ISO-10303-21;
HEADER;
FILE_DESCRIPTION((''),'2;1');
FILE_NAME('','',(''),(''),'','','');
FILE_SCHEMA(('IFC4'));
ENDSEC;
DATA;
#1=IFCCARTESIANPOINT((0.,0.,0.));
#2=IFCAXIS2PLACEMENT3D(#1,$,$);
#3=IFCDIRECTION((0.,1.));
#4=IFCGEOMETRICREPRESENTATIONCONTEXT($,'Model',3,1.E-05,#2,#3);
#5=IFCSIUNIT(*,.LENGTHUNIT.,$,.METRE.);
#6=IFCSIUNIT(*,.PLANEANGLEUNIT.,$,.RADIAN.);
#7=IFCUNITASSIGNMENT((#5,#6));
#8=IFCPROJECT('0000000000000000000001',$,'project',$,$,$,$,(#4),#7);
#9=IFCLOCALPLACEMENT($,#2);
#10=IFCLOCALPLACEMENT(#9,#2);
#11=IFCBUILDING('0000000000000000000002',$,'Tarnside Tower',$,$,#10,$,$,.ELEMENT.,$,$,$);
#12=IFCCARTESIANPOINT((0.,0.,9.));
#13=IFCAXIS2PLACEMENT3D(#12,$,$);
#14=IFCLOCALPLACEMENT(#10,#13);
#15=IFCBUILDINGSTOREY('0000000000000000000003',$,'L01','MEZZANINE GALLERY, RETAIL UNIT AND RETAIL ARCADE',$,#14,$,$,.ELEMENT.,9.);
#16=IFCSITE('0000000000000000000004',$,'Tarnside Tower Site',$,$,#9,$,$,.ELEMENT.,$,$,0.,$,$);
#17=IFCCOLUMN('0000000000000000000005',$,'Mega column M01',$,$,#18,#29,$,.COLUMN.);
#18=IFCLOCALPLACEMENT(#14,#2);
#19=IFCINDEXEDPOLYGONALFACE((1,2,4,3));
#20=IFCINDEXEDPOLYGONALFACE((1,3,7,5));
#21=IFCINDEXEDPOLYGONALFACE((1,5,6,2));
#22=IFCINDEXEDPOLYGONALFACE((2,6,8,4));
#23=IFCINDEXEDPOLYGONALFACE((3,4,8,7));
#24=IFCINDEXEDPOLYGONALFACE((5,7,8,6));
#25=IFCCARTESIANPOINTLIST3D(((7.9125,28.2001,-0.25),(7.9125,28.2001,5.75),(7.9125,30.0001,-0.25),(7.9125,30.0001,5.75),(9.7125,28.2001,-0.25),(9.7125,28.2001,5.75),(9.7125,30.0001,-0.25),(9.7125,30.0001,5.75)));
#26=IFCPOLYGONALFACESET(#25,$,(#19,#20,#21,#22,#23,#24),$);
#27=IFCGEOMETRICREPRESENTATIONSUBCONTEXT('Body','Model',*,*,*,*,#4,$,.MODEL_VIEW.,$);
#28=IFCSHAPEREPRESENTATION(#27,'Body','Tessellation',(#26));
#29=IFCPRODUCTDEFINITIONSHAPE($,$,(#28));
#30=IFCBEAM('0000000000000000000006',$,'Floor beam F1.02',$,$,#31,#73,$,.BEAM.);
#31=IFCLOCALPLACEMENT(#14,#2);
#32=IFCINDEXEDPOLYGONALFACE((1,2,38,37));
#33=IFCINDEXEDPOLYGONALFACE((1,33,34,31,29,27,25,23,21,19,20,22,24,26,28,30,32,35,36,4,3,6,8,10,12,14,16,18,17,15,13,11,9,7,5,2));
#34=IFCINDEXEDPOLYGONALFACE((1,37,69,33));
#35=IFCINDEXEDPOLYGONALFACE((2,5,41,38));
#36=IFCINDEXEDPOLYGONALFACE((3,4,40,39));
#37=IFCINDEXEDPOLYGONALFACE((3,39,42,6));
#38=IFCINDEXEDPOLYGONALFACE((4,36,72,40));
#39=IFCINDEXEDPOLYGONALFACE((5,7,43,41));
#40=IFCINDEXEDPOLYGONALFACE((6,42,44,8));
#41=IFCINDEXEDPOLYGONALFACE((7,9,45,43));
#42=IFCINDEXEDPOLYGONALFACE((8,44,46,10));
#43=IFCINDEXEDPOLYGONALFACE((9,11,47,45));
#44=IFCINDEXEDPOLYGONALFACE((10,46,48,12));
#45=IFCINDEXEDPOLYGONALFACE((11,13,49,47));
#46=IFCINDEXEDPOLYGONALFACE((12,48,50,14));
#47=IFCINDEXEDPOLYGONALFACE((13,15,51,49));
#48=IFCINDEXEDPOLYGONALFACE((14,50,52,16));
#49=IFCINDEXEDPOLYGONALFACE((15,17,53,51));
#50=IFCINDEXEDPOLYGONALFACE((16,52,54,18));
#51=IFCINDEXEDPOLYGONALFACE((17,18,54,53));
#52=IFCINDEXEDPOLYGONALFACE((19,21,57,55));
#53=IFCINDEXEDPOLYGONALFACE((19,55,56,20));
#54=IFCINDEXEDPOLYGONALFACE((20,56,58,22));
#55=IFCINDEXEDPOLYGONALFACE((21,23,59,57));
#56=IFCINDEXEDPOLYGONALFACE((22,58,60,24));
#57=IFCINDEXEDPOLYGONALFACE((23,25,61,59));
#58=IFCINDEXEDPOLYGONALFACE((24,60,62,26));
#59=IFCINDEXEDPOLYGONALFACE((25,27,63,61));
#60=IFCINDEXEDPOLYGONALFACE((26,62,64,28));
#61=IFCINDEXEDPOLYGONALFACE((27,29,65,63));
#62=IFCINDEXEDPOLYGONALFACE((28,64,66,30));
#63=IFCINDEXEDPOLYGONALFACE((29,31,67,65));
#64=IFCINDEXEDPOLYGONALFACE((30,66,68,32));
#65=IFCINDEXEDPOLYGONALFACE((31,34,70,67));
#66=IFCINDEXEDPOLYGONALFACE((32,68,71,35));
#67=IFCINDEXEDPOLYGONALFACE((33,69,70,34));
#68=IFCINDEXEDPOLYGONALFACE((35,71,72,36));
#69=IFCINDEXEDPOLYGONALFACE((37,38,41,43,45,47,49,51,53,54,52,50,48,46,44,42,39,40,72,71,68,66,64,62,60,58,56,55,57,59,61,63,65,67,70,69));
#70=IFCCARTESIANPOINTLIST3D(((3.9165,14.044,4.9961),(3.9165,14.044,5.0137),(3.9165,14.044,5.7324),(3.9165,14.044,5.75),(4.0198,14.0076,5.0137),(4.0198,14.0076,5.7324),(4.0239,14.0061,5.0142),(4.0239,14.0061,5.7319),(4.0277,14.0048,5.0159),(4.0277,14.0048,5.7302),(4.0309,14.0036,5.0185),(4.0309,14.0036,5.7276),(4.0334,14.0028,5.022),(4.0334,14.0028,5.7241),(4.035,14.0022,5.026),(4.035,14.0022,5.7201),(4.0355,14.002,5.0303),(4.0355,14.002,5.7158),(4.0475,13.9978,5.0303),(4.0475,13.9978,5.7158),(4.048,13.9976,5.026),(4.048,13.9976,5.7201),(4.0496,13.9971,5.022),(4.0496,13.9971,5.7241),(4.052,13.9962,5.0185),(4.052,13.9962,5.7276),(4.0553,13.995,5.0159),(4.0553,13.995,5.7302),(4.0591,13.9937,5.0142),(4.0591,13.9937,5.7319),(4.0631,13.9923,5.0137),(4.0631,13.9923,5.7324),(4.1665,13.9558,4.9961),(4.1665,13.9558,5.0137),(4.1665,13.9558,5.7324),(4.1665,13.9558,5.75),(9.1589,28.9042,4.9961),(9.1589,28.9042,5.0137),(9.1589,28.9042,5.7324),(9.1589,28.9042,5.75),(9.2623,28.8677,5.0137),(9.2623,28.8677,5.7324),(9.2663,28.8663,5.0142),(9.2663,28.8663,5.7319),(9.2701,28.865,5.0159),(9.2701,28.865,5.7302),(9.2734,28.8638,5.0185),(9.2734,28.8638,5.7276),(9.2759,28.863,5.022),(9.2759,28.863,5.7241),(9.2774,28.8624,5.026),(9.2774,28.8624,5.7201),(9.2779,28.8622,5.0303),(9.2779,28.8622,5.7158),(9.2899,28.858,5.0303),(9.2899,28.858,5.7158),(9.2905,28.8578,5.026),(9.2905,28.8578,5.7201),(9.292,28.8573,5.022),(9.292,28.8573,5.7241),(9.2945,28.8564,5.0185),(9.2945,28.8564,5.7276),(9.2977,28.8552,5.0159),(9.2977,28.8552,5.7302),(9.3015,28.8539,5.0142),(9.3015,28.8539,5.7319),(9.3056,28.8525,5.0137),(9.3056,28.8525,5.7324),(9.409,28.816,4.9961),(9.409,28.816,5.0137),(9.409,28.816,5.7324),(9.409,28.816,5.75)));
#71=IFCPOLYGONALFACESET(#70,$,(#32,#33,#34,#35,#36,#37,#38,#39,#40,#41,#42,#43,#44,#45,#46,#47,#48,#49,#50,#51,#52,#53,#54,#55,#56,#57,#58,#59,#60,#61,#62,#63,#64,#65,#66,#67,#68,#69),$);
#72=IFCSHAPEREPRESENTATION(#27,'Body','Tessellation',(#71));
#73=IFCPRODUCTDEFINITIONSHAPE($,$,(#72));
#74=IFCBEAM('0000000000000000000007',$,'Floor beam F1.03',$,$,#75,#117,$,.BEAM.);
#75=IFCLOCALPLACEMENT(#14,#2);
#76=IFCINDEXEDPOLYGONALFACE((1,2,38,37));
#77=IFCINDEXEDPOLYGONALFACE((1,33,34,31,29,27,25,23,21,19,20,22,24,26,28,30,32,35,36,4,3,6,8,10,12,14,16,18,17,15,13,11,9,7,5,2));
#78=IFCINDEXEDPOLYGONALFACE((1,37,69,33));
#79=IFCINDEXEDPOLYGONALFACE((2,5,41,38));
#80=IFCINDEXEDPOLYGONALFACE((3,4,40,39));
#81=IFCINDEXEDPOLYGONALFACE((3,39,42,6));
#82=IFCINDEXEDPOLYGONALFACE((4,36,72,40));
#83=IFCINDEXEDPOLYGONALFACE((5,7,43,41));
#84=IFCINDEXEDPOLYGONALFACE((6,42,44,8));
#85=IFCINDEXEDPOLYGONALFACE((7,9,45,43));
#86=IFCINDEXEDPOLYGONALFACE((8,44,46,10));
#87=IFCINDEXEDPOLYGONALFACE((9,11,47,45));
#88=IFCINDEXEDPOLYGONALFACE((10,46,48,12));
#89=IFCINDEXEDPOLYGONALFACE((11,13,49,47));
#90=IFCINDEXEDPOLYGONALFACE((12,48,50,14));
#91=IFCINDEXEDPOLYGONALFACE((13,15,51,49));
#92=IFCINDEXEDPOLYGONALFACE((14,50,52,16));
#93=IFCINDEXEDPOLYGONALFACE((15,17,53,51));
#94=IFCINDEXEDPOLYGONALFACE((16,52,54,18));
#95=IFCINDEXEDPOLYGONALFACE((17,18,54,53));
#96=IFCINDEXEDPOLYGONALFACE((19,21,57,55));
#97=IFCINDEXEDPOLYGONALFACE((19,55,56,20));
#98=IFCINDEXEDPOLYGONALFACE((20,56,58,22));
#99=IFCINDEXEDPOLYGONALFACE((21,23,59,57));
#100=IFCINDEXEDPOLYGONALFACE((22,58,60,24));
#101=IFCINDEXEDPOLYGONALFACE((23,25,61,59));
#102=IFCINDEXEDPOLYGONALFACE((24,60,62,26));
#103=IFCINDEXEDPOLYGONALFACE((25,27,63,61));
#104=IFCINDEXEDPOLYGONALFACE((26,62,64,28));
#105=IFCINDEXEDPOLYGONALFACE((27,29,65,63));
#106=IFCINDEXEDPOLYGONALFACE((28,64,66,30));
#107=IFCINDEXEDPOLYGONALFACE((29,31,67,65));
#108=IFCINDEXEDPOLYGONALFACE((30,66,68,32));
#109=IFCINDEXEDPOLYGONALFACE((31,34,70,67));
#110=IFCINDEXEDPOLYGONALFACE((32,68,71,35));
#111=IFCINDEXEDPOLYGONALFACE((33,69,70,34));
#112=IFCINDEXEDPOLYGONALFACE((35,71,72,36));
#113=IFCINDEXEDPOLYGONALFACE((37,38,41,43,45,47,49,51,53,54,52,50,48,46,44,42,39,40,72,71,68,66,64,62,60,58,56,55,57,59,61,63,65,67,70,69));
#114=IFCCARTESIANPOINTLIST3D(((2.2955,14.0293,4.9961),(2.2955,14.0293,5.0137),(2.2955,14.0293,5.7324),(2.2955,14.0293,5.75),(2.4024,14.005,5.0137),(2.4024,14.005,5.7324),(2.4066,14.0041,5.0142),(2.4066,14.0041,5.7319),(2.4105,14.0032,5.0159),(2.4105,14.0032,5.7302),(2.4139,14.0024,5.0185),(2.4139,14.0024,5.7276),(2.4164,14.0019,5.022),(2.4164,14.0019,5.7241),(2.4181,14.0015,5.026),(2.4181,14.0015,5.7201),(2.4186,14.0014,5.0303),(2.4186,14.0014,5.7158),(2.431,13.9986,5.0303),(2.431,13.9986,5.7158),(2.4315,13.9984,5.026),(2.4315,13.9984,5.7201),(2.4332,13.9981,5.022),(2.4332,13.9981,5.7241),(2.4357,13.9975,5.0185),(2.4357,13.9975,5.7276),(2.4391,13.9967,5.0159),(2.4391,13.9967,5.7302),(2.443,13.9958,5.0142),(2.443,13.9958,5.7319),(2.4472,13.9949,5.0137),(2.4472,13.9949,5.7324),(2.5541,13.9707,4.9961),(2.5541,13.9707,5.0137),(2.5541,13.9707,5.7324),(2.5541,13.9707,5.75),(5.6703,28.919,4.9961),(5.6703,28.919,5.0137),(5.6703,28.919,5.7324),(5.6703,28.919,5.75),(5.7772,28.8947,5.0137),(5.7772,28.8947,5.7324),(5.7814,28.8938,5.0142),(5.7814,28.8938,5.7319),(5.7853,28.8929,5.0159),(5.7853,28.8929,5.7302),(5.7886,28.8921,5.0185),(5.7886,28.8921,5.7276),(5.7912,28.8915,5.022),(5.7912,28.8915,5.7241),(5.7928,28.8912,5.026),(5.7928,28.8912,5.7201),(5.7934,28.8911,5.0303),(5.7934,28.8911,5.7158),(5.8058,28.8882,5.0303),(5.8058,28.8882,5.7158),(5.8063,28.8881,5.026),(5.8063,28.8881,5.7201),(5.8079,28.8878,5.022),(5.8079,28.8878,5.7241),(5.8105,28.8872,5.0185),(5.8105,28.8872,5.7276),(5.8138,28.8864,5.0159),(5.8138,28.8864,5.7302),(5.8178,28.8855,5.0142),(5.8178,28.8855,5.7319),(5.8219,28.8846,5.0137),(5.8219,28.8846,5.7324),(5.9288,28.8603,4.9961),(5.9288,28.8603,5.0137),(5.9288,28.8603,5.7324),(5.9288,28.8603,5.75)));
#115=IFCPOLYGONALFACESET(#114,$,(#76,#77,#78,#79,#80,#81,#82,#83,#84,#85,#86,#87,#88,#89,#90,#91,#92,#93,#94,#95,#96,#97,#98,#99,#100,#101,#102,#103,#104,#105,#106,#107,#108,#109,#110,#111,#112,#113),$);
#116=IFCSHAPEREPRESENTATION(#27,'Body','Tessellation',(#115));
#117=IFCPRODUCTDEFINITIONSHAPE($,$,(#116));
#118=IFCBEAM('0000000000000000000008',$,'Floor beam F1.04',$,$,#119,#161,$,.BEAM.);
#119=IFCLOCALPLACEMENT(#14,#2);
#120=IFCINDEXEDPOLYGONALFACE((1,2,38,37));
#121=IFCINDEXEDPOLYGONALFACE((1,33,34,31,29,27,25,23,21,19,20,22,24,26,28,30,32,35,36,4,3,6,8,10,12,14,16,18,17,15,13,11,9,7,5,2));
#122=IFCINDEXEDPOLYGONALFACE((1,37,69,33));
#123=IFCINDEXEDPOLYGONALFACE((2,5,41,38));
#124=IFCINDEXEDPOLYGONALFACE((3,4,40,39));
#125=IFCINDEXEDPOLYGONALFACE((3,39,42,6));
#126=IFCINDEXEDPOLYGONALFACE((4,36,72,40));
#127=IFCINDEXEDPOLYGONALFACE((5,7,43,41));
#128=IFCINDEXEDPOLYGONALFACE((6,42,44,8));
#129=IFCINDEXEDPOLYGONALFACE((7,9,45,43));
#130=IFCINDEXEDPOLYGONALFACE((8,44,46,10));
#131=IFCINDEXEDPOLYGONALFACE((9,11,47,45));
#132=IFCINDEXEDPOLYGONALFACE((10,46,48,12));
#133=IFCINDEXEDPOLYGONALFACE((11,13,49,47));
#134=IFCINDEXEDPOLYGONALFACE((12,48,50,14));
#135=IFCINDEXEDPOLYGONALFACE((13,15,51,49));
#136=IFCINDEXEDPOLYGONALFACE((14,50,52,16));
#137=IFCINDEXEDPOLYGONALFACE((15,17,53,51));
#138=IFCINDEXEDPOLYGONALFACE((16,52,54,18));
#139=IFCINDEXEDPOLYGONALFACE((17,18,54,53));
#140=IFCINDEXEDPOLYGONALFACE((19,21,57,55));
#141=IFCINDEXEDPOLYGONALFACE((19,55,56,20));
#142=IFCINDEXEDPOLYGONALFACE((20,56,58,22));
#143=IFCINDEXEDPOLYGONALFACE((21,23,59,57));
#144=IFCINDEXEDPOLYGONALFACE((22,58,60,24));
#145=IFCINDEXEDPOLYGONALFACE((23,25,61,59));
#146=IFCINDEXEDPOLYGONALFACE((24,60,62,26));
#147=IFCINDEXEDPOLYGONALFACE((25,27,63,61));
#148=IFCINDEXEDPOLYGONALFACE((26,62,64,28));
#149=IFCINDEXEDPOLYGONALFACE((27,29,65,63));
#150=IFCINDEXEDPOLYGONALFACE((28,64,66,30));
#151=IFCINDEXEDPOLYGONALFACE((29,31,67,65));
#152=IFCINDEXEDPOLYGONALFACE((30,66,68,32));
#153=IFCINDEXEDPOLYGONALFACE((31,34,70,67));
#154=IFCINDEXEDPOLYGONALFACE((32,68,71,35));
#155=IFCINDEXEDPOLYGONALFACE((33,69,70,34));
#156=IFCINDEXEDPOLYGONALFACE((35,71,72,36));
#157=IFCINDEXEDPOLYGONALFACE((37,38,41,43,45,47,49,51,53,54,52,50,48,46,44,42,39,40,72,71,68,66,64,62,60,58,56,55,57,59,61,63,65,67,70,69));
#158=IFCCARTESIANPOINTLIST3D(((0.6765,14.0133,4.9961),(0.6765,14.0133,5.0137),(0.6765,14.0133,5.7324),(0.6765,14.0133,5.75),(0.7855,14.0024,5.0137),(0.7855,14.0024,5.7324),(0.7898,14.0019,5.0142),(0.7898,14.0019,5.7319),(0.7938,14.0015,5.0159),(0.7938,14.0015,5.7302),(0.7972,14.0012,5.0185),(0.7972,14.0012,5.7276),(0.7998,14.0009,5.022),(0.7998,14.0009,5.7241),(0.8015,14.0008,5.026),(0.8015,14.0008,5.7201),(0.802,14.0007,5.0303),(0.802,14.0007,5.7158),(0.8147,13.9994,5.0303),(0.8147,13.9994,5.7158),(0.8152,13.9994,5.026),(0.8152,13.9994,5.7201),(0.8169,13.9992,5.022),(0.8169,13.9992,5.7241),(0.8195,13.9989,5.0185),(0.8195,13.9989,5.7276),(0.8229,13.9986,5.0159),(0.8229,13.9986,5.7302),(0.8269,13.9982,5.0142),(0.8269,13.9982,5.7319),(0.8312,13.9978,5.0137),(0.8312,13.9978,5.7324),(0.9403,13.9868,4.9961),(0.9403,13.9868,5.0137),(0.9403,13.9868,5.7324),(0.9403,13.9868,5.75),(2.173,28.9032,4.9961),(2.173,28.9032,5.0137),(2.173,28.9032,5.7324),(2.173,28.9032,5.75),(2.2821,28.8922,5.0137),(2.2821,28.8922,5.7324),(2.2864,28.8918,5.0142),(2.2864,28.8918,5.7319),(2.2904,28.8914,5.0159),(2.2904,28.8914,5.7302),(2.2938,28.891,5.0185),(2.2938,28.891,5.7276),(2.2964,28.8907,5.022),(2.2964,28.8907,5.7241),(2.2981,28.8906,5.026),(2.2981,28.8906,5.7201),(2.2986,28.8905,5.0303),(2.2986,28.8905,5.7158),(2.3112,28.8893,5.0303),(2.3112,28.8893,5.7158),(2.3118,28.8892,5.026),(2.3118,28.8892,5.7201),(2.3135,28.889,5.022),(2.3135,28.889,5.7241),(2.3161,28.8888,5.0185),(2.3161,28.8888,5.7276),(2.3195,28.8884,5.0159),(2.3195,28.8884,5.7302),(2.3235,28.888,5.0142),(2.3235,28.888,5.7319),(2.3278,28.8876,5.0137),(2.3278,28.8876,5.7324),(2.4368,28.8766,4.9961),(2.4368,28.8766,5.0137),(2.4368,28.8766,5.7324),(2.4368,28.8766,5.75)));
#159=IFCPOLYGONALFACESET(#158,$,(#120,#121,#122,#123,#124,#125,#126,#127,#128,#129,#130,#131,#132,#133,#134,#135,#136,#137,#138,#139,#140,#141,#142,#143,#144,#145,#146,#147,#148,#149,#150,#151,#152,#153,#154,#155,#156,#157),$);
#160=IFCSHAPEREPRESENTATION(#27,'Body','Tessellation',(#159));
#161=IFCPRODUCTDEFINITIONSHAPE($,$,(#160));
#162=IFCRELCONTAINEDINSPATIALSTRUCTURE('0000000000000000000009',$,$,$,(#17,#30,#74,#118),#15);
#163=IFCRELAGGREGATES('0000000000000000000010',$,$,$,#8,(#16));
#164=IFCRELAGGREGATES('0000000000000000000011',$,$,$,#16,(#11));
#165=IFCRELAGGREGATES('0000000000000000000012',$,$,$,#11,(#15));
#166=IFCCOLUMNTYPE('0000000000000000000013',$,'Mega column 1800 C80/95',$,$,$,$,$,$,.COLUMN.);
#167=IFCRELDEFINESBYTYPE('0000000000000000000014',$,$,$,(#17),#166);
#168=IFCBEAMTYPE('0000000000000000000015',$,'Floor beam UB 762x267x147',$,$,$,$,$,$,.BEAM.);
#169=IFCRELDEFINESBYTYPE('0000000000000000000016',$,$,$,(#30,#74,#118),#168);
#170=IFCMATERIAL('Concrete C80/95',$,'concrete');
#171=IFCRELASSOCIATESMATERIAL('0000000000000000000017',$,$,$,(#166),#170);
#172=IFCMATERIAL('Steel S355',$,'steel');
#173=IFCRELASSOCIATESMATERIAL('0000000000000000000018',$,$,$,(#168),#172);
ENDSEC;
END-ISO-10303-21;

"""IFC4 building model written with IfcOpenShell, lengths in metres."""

from ifc_helpers import new_model, si_unit, direction, frame, origin, origin_2d, place, context, subcontext, project, spatial, rectangle, i_section, extrude, material, material_profile, profile_set, type_object, element, save


model = new_model("IFC4")

# Units and contexts
model_context = context("Model", 3, precision=1e-05, world=origin(), true_north=direction((0.0, 1.0)))
body_context = subcontext(model_context, "Body", "Model", "MODEL_VIEW")
ifc_project = project(units=[si_unit("LENGTHUNIT", "METRE"), si_unit("PLANEANGLEUNIT", "RADIAN")], contexts=[model_context])

# Site, building, storey
site_placement = place(None, origin())
site = spatial("IfcSite", under=ifc_project, at=site_placement, Name="Tarnside Tower Site", CompositionType="ELEMENT", RefElevation=0.0)
building_placement = place(site_placement, origin())
building = spatial("IfcBuilding", under=site, at=building_placement, Name="Tarnside Tower", CompositionType="ELEMENT")
storey_placement = place(building_placement, frame((0.0, 0.0, 9.0)))
storey = spatial("IfcBuildingStorey", under=building, at=storey_placement, Name="L01", Description="MEZZANINE GALLERY, RETAIL UNIT AND RETAIL ARCADE", CompositionType="ELEMENT", Elevation=9.0)

# Column
ifc_material_1 = material(Name="Concrete C80/95", Category="concrete")
ifc_material_profile_1 = material_profile(ifc_material_1, rectangle(XDim=1.8, YDim=1.8, at=origin_2d()), Name="Mega column 1800x1800")
ifc_profile_set_1 = profile_set([ifc_material_profile_1], Name="Concrete C80/95")
column_type = type_object("IfcColumnType", Name="Mega column 1800 C80/95", PredefinedType="COLUMN", material=ifc_profile_set_1)
column_placement = place(storey_placement, frame((8.8125, 29.1001, -0.25), z_axis=(0.0, 0.0, 1.0), x_axis=(1.0, 0.0, 0.0)))
element("IfcColumn", 1, at=column_placement, inside=storey, type_object=column_type, Name="Mega column M01", PredefinedType="COLUMN", context=body_context, shape_type="SweptSolid", body=[
    extrude(rectangle(XDim=1.8, YDim=1.8, at=origin_2d()), origin(), (0.0, 0.0, 1.0), 6.0),
])

# Beams
ifc_material_2 = material(Name="Steel S355", Category="steel")
ifc_material_profile_2 = material_profile(ifc_material_2, i_section(OverallWidth=0.2651, OverallDepth=0.7539, WebThickness=0.0127, FlangeThickness=0.0176, FilletRadius=0.0166, at=origin_2d()), Name="UB 762x267x147")
ifc_profile_set_2 = profile_set([ifc_material_profile_2], Name="Steel S355")
beam_type_1 = type_object("IfcBeamType", Name="Floor beam UB 762x267x147", PredefinedType="BEAM", material=ifc_profile_set_2)
beam_1_placement = place(storey_placement, frame((9.2839, 28.8601, 5.373), z_axis=(-0.33269, -0.943036, 0.0), x_axis=(0.943036, -0.33269, 0.0)))
element("IfcBeam", 2, at=beam_1_placement, inside=storey, type_object=beam_type_1, Name="Floor beam F1.02", PredefinedType="BEAM", context=body_context, shape_type="SweptSolid", body=[
    extrude(i_section(OverallWidth=0.2651, OverallDepth=0.7539, WebThickness=0.0127, FlangeThickness=0.0176, FilletRadius=0.0166, at=origin_2d()), origin(), (0.0, 0.0, 1.0), 15.7578),
])
beam_2_placement = place(storey_placement, frame((5.7996, 28.8896, 5.373), z_axis=(-0.221045, -0.975264, 0.0), x_axis=(0.975264, -0.221045, 0.0)))
element("IfcBeam", 3, at=beam_2_placement, inside=storey, type_object=beam_type_1, Name="Floor beam F1.03", PredefinedType="BEAM", context=body_context, shape_type="SweptSolid", body=[
    extrude(i_section(OverallWidth=0.2651, OverallDepth=0.7539, WebThickness=0.0127, FlangeThickness=0.0176, FilletRadius=0.0166, at=origin_2d()), origin(), (0.0, 0.0, 1.0), 15.2673),
])
beam_3_placement = place(storey_placement, frame((2.3049, 28.8899, 5.373), z_axis=(-0.100006, -0.994987, 0.0), x_axis=(0.994987, -0.100006, 0.0)))
element("IfcBeam", 4, at=beam_3_placement, inside=storey, type_object=beam_type_1, Name="Floor beam F1.04", PredefinedType="BEAM", context=body_context, shape_type="SweptSolid", body=[
    extrude(i_section(OverallWidth=0.2651, OverallDepth=0.7539, WebThickness=0.0127, FlangeThickness=0.0176, FilletRadius=0.0166, at=origin_2d()), origin(), (0.0, 0.0, 1.0), 14.9648),
])

save(model, "model.ifc")
